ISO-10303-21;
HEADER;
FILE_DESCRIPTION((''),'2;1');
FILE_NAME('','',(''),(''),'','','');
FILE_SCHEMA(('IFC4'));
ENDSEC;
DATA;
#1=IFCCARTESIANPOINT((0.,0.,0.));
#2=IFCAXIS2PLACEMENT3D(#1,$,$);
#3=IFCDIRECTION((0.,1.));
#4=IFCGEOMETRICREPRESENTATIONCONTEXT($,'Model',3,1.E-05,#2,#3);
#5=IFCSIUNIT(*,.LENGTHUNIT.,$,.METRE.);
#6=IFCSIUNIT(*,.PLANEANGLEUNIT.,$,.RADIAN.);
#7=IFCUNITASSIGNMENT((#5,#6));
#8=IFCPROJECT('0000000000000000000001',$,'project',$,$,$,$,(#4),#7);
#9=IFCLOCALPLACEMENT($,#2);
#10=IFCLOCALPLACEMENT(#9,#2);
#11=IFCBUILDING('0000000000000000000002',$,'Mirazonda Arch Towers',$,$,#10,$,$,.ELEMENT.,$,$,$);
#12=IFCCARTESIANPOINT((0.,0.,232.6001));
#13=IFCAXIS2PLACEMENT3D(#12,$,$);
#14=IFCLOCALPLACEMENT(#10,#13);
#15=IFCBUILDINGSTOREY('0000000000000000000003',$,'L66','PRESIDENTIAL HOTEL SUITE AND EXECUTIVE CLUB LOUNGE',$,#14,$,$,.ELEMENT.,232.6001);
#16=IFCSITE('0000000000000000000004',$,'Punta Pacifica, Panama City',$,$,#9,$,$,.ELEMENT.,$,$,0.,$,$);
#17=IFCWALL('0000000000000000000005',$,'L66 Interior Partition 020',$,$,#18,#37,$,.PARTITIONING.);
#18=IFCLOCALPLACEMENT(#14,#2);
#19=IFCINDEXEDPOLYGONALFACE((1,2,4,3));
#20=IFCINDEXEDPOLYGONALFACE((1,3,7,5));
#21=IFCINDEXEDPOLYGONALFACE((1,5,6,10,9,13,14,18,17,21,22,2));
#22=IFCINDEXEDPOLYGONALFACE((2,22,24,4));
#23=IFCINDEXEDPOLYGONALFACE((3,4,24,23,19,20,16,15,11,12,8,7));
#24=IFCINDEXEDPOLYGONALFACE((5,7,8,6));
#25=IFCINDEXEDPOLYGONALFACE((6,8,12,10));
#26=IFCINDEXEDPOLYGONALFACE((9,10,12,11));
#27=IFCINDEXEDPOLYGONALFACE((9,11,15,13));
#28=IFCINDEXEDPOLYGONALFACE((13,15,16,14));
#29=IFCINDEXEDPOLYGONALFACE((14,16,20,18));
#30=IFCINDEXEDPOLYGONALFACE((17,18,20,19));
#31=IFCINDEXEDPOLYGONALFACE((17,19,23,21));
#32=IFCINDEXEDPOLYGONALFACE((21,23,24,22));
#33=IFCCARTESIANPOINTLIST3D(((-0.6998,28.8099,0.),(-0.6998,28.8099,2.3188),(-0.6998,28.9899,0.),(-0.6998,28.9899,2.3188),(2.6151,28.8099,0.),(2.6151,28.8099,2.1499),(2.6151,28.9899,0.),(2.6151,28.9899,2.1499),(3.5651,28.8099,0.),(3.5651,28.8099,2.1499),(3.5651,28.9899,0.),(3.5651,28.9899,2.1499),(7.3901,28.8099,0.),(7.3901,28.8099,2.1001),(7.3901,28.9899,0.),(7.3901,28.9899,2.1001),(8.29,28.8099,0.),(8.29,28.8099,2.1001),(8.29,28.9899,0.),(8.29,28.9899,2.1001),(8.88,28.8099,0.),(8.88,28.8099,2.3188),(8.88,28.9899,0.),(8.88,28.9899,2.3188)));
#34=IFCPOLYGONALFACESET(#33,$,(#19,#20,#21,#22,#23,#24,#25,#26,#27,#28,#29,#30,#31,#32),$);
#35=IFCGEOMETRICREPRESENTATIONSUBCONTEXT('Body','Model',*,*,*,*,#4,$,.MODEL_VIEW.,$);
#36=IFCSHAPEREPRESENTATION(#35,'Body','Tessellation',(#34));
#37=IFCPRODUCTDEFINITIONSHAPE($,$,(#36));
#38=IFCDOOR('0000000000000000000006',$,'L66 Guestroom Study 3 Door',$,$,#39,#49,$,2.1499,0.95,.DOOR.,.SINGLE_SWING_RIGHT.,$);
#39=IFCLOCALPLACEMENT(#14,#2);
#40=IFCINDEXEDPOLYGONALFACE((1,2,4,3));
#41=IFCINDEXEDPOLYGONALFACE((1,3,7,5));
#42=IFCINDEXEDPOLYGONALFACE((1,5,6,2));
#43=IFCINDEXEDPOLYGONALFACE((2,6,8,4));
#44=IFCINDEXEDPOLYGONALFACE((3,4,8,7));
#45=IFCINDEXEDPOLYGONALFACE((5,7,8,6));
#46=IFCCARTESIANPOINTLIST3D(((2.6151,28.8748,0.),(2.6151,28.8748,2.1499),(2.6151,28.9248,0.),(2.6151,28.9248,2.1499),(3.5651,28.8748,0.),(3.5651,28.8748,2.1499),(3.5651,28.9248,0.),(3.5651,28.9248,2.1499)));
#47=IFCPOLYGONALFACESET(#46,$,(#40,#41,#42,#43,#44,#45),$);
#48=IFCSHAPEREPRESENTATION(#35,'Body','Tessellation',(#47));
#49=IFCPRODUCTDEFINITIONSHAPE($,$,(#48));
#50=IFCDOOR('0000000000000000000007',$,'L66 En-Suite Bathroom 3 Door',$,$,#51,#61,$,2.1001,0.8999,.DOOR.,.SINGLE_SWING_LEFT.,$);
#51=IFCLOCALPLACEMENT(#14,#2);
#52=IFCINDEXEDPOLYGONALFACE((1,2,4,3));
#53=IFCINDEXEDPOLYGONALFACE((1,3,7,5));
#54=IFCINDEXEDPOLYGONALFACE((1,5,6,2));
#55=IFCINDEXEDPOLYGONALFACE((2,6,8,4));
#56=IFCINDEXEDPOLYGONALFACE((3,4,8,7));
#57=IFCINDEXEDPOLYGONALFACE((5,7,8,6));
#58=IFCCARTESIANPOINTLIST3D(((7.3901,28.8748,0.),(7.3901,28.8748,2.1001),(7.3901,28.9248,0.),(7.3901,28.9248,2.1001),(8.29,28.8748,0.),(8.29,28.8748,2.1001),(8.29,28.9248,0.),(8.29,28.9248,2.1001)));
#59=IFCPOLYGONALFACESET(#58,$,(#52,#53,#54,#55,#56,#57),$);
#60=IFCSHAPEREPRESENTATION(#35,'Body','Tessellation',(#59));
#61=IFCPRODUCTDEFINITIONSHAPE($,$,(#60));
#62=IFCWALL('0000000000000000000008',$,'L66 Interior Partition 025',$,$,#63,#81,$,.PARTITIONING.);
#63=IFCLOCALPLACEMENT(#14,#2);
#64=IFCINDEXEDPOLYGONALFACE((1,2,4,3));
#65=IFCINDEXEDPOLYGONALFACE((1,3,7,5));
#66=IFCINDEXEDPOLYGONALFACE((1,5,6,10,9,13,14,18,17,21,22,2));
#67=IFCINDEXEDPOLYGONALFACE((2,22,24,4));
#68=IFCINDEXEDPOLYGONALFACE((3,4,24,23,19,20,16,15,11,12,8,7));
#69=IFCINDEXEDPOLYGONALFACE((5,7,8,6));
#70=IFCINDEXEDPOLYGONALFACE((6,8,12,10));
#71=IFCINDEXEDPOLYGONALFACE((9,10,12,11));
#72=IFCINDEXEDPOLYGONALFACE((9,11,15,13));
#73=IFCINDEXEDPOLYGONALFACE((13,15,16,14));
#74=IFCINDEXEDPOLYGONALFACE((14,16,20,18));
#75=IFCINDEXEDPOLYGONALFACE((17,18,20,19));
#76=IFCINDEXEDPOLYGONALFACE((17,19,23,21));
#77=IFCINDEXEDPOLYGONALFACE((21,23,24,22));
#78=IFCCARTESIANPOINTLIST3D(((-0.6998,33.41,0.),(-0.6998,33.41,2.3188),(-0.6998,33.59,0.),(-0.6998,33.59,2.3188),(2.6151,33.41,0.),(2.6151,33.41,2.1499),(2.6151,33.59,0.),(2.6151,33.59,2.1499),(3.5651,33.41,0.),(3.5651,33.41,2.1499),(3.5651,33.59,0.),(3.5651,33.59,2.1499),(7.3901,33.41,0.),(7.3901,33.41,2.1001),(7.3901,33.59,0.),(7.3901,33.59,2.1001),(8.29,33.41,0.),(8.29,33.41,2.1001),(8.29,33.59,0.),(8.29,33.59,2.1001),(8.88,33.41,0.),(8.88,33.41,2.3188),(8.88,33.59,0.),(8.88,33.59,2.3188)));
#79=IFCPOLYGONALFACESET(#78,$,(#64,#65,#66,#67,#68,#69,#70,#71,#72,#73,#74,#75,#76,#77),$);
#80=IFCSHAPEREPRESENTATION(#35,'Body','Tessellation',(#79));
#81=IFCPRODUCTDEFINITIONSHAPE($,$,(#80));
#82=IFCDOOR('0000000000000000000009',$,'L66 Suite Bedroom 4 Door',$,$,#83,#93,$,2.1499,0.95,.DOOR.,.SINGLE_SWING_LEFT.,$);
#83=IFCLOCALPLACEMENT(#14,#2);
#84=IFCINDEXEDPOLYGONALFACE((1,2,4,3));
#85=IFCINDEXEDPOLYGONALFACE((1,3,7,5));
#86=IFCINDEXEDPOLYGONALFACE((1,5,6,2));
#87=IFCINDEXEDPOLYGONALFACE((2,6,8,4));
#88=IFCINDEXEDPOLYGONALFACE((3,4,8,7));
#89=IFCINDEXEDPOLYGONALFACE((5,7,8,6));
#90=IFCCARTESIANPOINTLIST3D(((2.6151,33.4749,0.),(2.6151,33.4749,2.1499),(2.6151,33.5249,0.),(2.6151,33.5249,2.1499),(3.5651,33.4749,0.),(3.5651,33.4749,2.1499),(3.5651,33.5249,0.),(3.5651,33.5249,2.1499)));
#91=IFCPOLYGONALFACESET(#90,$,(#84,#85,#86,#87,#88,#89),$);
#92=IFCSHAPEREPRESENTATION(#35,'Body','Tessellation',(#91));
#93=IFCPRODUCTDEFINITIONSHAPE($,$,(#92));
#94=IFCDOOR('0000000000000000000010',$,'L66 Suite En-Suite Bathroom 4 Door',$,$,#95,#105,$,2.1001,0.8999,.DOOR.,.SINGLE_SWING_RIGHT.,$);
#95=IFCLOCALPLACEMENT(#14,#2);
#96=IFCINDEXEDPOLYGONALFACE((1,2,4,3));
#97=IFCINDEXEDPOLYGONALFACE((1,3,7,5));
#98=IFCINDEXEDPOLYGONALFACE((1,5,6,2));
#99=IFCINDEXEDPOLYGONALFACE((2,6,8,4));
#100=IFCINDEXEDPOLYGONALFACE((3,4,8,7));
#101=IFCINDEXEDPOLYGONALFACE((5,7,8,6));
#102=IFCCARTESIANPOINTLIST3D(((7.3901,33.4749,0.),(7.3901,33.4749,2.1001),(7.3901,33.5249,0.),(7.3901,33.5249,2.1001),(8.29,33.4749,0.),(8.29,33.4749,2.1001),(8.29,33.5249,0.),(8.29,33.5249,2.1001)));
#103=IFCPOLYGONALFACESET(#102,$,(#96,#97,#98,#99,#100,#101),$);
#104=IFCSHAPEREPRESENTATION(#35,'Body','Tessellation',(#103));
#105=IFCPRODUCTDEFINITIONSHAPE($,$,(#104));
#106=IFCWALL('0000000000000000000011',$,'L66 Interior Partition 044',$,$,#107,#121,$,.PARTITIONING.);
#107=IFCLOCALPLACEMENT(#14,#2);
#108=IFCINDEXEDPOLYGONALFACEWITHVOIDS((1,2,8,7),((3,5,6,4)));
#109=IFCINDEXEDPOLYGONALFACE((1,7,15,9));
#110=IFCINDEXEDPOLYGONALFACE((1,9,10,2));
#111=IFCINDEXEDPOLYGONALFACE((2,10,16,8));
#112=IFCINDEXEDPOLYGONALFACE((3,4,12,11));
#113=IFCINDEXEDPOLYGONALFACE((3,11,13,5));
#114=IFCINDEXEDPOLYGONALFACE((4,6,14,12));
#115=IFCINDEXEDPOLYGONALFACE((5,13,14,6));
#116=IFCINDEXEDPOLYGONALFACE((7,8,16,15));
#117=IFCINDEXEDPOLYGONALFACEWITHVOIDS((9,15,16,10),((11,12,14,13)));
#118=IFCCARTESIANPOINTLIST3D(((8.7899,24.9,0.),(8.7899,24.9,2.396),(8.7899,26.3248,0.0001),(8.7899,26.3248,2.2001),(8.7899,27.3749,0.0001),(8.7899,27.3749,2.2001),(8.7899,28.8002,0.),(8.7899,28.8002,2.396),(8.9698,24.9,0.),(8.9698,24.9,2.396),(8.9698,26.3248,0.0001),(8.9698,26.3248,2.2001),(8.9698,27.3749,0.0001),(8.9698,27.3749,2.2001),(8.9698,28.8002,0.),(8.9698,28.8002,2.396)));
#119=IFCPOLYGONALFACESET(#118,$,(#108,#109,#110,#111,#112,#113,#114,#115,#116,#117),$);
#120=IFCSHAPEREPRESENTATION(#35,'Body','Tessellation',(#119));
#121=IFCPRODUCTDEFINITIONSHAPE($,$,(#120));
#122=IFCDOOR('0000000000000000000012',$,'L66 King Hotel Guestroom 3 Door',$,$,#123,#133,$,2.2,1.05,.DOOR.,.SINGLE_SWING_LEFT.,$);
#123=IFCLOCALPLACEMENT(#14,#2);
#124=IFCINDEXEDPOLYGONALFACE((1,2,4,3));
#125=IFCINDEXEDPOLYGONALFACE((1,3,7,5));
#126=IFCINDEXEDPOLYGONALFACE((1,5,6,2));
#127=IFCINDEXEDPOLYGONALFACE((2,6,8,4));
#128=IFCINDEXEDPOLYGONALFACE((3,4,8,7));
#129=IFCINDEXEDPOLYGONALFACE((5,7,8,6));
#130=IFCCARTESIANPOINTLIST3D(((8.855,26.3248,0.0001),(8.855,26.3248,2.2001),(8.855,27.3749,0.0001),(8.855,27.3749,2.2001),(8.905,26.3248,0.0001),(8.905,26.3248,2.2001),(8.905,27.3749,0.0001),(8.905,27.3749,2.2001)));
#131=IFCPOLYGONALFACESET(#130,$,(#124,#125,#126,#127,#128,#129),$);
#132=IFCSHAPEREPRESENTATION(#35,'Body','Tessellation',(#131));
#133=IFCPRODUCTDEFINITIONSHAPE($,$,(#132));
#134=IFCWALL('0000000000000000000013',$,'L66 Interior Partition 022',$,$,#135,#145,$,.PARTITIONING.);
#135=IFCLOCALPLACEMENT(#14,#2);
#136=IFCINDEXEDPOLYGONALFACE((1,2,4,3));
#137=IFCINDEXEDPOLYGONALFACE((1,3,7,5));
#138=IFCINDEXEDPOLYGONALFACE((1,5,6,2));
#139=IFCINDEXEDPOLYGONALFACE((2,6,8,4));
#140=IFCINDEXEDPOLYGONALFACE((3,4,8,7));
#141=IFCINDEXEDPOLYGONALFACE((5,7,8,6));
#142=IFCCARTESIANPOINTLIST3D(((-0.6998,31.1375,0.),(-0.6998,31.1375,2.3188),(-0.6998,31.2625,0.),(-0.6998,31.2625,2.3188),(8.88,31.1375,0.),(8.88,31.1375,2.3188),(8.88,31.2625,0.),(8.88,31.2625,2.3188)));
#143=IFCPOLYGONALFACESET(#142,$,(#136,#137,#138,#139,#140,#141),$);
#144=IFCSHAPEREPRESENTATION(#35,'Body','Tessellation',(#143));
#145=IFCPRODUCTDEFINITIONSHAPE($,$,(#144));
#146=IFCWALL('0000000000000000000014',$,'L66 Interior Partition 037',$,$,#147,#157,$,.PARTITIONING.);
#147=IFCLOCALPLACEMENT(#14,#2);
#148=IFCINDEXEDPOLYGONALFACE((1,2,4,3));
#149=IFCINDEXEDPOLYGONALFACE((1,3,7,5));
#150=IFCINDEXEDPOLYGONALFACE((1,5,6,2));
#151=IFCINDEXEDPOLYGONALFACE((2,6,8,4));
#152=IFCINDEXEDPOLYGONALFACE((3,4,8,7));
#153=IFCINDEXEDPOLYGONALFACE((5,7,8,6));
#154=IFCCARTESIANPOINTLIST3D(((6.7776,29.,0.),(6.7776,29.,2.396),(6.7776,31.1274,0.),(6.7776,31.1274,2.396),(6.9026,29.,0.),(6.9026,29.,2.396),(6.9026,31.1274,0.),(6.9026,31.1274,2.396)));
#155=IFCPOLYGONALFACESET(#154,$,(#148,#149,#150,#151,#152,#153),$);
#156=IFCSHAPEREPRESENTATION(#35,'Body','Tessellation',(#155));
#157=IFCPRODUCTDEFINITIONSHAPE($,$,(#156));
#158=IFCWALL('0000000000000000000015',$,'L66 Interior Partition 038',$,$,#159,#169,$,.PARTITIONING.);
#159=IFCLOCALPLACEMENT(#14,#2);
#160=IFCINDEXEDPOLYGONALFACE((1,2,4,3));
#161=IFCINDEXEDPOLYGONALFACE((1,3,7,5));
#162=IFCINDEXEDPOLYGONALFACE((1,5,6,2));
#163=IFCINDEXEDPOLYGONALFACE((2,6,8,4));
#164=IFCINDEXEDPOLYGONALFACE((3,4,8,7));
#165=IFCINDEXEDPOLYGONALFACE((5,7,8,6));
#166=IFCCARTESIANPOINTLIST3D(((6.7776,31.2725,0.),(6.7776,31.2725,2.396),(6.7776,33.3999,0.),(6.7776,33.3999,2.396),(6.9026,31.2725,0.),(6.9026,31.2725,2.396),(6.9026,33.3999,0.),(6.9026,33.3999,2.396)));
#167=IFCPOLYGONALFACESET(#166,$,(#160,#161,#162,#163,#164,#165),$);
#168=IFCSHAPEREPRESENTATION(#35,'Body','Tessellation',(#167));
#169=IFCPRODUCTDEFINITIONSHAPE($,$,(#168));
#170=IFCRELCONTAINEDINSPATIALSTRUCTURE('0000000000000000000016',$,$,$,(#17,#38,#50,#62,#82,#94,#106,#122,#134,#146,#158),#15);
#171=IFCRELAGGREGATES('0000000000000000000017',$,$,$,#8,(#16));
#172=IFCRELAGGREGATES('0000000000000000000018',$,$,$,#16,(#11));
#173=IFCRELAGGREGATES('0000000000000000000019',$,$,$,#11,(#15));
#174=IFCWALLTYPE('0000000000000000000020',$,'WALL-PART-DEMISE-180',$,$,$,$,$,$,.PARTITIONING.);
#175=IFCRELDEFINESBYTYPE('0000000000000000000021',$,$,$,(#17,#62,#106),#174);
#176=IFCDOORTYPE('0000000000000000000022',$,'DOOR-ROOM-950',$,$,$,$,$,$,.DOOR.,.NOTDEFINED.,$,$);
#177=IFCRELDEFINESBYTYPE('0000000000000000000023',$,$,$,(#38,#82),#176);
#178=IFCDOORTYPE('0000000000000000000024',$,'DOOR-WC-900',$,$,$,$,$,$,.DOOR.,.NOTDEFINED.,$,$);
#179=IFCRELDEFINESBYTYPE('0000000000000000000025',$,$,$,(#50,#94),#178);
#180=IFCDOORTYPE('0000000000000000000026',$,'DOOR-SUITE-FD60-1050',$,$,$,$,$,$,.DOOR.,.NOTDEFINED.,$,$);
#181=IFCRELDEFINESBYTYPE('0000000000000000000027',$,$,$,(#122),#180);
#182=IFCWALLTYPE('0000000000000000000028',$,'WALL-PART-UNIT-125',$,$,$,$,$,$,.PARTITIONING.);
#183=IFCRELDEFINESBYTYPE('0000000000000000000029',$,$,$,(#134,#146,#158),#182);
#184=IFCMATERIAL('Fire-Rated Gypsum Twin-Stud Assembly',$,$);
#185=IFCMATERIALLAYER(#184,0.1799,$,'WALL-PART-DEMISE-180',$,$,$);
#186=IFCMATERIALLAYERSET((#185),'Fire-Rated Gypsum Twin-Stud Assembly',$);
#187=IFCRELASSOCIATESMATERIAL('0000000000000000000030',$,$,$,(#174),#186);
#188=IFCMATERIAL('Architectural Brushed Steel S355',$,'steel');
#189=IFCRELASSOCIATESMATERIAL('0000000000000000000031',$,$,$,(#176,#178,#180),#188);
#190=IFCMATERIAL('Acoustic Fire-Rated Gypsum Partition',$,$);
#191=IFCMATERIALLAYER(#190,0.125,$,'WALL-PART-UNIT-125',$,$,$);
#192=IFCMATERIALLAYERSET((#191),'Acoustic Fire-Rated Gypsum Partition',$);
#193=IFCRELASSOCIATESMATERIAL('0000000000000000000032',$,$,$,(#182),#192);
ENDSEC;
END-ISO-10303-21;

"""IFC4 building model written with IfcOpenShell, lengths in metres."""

from ifc_helpers import new_model, si_unit, direction, frame, frame_2d, origin, place, context, subcontext, project, spatial, rectangle, extrude, material, layer, layer_set, type_object, element, fill, save


model = new_model("IFC4")

# Units and contexts
model_context = context("Model", 3, precision=1e-05, world=origin(), true_north=direction((0.0, 1.0)))
body_context = subcontext(model_context, "Body", "Model", "MODEL_VIEW")
ifc_project = project(units=[si_unit("LENGTHUNIT", "METRE"), si_unit("PLANEANGLEUNIT", "RADIAN")], contexts=[model_context])

# Site, building, storey
site_placement = place(None, origin())
site = spatial("IfcSite", under=ifc_project, at=site_placement, Name="Punta Pacifica, Panama City", CompositionType="ELEMENT", RefElevation=0.0)
building_placement = place(site_placement, origin())
building = spatial("IfcBuilding", under=site, at=building_placement, Name="Mirazonda Arch Towers", CompositionType="ELEMENT")
storey_placement = place(building_placement, frame((0.0, 0.0, 232.6001)))
storey = spatial("IfcBuildingStorey", under=building, at=storey_placement, Name="L66", Description="PRESIDENTIAL HOTEL SUITE AND EXECUTIVE CLUB LOUNGE", CompositionType="ELEMENT", Elevation=232.6001)

# Walls, openings, doors
ifc_material_1 = material(Name="Fire-Rated Gypsum Twin-Stud Assembly")
ifc_layer_1 = layer(ifc_material_1, 0.1799, Name="WALL-PART-DEMISE-180")
ifc_layer_set_1 = layer_set([ifc_layer_1], Name="Fire-Rated Gypsum Twin-Stud Assembly")
wall_type_1 = type_object("IfcWallType", Name="WALL-PART-DEMISE-180", PredefinedType="PARTITIONING", material=ifc_layer_set_1)
wall_1_placement = place(storey_placement, frame((-0.7, 28.8999, 0.0), z_axis=(0.0, 0.0, 1.0), x_axis=(1.0, 0.0, 0.0)))
wall_1 = element("IfcWall", 1, at=wall_1_placement, inside=storey, type_object=wall_type_1, Name="L66 Interior Partition 020", PredefinedType="PARTITIONING", context=body_context, shape_type="SweptSolid", body=[
    extrude(rectangle(XDim=9.5798, YDim=0.1799, at=frame_2d((4.79, 0.0))), origin(), (0.0, 0.0, 1.0), 2.3188),
])
opening_1_placement = place(wall_1_placement, frame((3.3149, 0.0, 0.0)))
opening_1 = element("IfcOpeningElement", 2, at=opening_1_placement, cuts=wall_1, PredefinedType="OPENING", context=body_context, shape_type="SweptSolid", body=[
    extrude(rectangle(XDim=0.95, YDim=2.1499, at=frame_2d((0.4751, 1.075))), frame((0.0, 0.0999, 0.0), z_axis=(0.0, -1.0, 0.0), x_axis=(1.0, 0.0, 0.0)), (0.0, 0.0, 1.0), 0.2),
])
opening_2_placement = place(wall_1_placement, frame((8.0901, 0.0, 0.0)))
opening_2 = element("IfcOpeningElement", 3, at=opening_2_placement, cuts=wall_1, PredefinedType="OPENING", context=body_context, shape_type="SweptSolid", body=[
    extrude(rectangle(XDim=0.8999, YDim=2.1001, at=frame_2d((0.45, 1.05))), frame((0.0, 0.0999, 0.0), z_axis=(0.0, -1.0, 0.0), x_axis=(1.0, 0.0, 0.0)), (0.0, 0.0, 1.0), 0.2),
])
ifc_material_2 = material(Name="Architectural Brushed Steel S355", Category="steel")
door_type_1 = type_object("IfcDoorType", Name="DOOR-ROOM-950", OperationType="NOTDEFINED", PredefinedType="DOOR", material=ifc_material_2)
door_1_placement = place(opening_1_placement, origin())
door_1 = element("IfcDoor", 4, at=door_1_placement, inside=storey, type_object=door_type_1, Name="L66 Guestroom Study 3 Door", OperationType="SINGLE_SWING_RIGHT", OverallHeight=2.1499, OverallWidth=0.95, PredefinedType="DOOR", context=body_context, shape_type="SweptSolid", body=[
    extrude(rectangle(XDim=0.95, YDim=2.1499, at=frame_2d((0.4751, 1.075))), frame((0.0, 0.0249, 0.0), z_axis=(0.0, -1.0, 0.0), x_axis=(1.0, 0.0, 0.0)), (0.0, 0.0, 1.0), 0.05),
])
fill(opening_1, door_1)
door_type_2 = type_object("IfcDoorType", Name="DOOR-WC-900", OperationType="NOTDEFINED", PredefinedType="DOOR", material=ifc_material_2)
door_2_placement = place(opening_2_placement, origin())
door_2 = element("IfcDoor", 5, at=door_2_placement, inside=storey, type_object=door_type_2, Name="L66 En-Suite Bathroom 3 Door", OperationType="SINGLE_SWING_LEFT", OverallHeight=2.1001, OverallWidth=0.8999, PredefinedType="DOOR", context=body_context, shape_type="SweptSolid", body=[
    extrude(rectangle(XDim=0.8999, YDim=2.1001, at=frame_2d((0.45, 1.05))), frame((0.0, 0.0249, 0.0), z_axis=(0.0, -1.0, 0.0), x_axis=(1.0, 0.0, 0.0)), (0.0, 0.0, 1.0), 0.05),
])
fill(opening_2, door_2)
wall_2_placement = place(storey_placement, frame((-0.7, 33.5, 0.0), z_axis=(0.0, 0.0, 1.0), x_axis=(1.0, 0.0, 0.0)))
wall_2 = element("IfcWall", 6, at=wall_2_placement, inside=storey, type_object=wall_type_1, Name="L66 Interior Partition 025", PredefinedType="PARTITIONING", context=body_context, shape_type="SweptSolid", body=[
    extrude(rectangle(XDim=9.5798, YDim=0.1799, at=frame_2d((4.79, 0.0))), origin(), (0.0, 0.0, 1.0), 2.3188),
])
opening_3_placement = place(wall_2_placement, frame((3.3149, 0.0, 0.0)))
opening_3 = element("IfcOpeningElement", 7, at=opening_3_placement, cuts=wall_2, PredefinedType="OPENING", context=body_context, shape_type="SweptSolid", body=[
    extrude(rectangle(XDim=0.95, YDim=2.1499, at=frame_2d((0.4751, 1.075))), frame((0.0, 0.0999, 0.0), z_axis=(0.0, -1.0, 0.0), x_axis=(1.0, 0.0, 0.0)), (0.0, 0.0, 1.0), 0.2),
])
opening_4_placement = place(wall_2_placement, frame((8.0901, 0.0, 0.0)))
opening_4 = element("IfcOpeningElement", 8, at=opening_4_placement, cuts=wall_2, PredefinedType="OPENING", context=body_context, shape_type="SweptSolid", body=[
    extrude(rectangle(XDim=0.8999, YDim=2.1001, at=frame_2d((0.45, 1.05))), frame((0.0, 0.0999, 0.0), z_axis=(0.0, -1.0, 0.0), x_axis=(1.0, 0.0, 0.0)), (0.0, 0.0, 1.0), 0.2),
])
door_3_placement = place(opening_3_placement, origin())
door_3 = element("IfcDoor", 9, at=door_3_placement, inside=storey, type_object=door_type_1, Name="L66 Suite Bedroom 4 Door", OperationType="SINGLE_SWING_LEFT", OverallHeight=2.1499, OverallWidth=0.95, PredefinedType="DOOR", context=body_context, shape_type="SweptSolid", body=[
    extrude(rectangle(XDim=0.95, YDim=2.1499, at=frame_2d((0.4751, 1.075))), frame((0.0, 0.0249, 0.0), z_axis=(0.0, -1.0, 0.0), x_axis=(1.0, 0.0, 0.0)), (0.0, 0.0, 1.0), 0.05),
])
fill(opening_3, door_3)
door_4_placement = place(opening_4_placement, origin())
door_4 = element("IfcDoor", 10, at=door_4_placement, inside=storey, type_object=door_type_2, Name="L66 Suite En-Suite Bathroom 4 Door", OperationType="SINGLE_SWING_RIGHT", OverallHeight=2.1001, OverallWidth=0.8999, PredefinedType="DOOR", context=body_context, shape_type="SweptSolid", body=[
    extrude(rectangle(XDim=0.8999, YDim=2.1001, at=frame_2d((0.45, 1.05))), frame((0.0, 0.0249, 0.0), z_axis=(0.0, -1.0, 0.0), x_axis=(1.0, 0.0, 0.0)), (0.0, 0.0, 1.0), 0.05),
])
fill(opening_4, door_4)

# Wall, opening, door
wall_3_placement = place(storey_placement, frame((8.8799, 24.8999, 0.0), z_axis=(0.0, 0.0, 1.0), x_axis=(0.0, 1.0, 0.0)))
wall_3 = element("IfcWall", 11, at=wall_3_placement, inside=storey, type_object=wall_type_1, Name="L66 Interior Partition 044", PredefinedType="PARTITIONING", context=body_context, shape_type="SweptSolid", body=[
    extrude(rectangle(XDim=3.9001, YDim=0.1799, at=frame_2d((1.9502, 0.0))), origin(), (0.0, 0.0, 1.0), 2.396),
])
opening_5_placement = place(wall_3_placement, frame((1.425, 0.0, 0.0)))
opening_5 = element("IfcOpeningElement", 12, at=opening_5_placement, cuts=wall_3, PredefinedType="OPENING", context=body_context, shape_type="SweptSolid", body=[
    extrude(rectangle(XDim=1.05, YDim=2.2, at=frame_2d((0.5249, 1.1001))), frame((0.0, 0.0999, 0.0), z_axis=(0.0, -1.0, 0.0), x_axis=(1.0, 0.0, 0.0)), (0.0, 0.0, 1.0), 0.2),
])
door_type_3 = type_object("IfcDoorType", Name="DOOR-SUITE-FD60-1050", OperationType="NOTDEFINED", PredefinedType="DOOR", material=ifc_material_2)
door_5_placement = place(opening_5_placement, origin())
door_5 = element("IfcDoor", 13, at=door_5_placement, inside=storey, type_object=door_type_3, Name="L66 King Hotel Guestroom 3 Door", OperationType="SINGLE_SWING_LEFT", OverallHeight=2.2, OverallWidth=1.05, PredefinedType="DOOR", context=body_context, shape_type="SweptSolid", body=[
    extrude(rectangle(XDim=1.05, YDim=2.2, at=frame_2d((0.5249, 1.1001))), frame((0.0, 0.0249, 0.0), z_axis=(0.0, -1.0, 0.0), x_axis=(1.0, 0.0, 0.0)), (0.0, 0.0, 1.0), 0.05),
])
fill(opening_5, door_5)

# Walls
ifc_material_3 = material(Name="Acoustic Fire-Rated Gypsum Partition")
ifc_layer_2 = layer(ifc_material_3, 0.125, Name="WALL-PART-UNIT-125")
ifc_layer_set_2 = layer_set([ifc_layer_2], Name="Acoustic Fire-Rated Gypsum Partition")
wall_type_2 = type_object("IfcWallType", Name="WALL-PART-UNIT-125", PredefinedType="PARTITIONING", material=ifc_layer_set_2)
wall_4_placement = place(storey_placement, frame((-0.7, 31.2, 0.0), z_axis=(0.0, 0.0, 1.0), x_axis=(1.0, 0.0, 0.0)))
element("IfcWall", 14, at=wall_4_placement, inside=storey, type_object=wall_type_2, Name="L66 Interior Partition 022", PredefinedType="PARTITIONING", context=body_context, shape_type="SweptSolid", body=[
    extrude(rectangle(XDim=9.5798, YDim=0.125, at=frame_2d((4.79, 0.0))), origin(), (0.0, 0.0, 1.0), 2.3188),
])
for number, where, z_axis, x_axis, name in (
    (15, (6.8401, 29.0, 0.0), (0.0, 0.0, 1.0), (0.0, 1.0, 0.0), "L66 Interior Partition 037"),
    (16, (6.8401, 31.2725, 0.0), (0.0, 0.0, 1.0), (0.0, 1.0, 0.0), "L66 Interior Partition 038"),
):
    element("IfcWall", number, at=place(storey_placement, frame(where, z_axis=z_axis, x_axis=x_axis)), inside=storey, type_object=wall_type_2, Name=name, PredefinedType="PARTITIONING", context=body_context, shape_type="SweptSolid", body=[
        extrude(rectangle(XDim=2.1274, YDim=0.125, at=frame_2d((1.0637, 0.0))), origin(), (0.0, 0.0, 1.0), 2.396),
    ])

save(model, "model.ifc")
